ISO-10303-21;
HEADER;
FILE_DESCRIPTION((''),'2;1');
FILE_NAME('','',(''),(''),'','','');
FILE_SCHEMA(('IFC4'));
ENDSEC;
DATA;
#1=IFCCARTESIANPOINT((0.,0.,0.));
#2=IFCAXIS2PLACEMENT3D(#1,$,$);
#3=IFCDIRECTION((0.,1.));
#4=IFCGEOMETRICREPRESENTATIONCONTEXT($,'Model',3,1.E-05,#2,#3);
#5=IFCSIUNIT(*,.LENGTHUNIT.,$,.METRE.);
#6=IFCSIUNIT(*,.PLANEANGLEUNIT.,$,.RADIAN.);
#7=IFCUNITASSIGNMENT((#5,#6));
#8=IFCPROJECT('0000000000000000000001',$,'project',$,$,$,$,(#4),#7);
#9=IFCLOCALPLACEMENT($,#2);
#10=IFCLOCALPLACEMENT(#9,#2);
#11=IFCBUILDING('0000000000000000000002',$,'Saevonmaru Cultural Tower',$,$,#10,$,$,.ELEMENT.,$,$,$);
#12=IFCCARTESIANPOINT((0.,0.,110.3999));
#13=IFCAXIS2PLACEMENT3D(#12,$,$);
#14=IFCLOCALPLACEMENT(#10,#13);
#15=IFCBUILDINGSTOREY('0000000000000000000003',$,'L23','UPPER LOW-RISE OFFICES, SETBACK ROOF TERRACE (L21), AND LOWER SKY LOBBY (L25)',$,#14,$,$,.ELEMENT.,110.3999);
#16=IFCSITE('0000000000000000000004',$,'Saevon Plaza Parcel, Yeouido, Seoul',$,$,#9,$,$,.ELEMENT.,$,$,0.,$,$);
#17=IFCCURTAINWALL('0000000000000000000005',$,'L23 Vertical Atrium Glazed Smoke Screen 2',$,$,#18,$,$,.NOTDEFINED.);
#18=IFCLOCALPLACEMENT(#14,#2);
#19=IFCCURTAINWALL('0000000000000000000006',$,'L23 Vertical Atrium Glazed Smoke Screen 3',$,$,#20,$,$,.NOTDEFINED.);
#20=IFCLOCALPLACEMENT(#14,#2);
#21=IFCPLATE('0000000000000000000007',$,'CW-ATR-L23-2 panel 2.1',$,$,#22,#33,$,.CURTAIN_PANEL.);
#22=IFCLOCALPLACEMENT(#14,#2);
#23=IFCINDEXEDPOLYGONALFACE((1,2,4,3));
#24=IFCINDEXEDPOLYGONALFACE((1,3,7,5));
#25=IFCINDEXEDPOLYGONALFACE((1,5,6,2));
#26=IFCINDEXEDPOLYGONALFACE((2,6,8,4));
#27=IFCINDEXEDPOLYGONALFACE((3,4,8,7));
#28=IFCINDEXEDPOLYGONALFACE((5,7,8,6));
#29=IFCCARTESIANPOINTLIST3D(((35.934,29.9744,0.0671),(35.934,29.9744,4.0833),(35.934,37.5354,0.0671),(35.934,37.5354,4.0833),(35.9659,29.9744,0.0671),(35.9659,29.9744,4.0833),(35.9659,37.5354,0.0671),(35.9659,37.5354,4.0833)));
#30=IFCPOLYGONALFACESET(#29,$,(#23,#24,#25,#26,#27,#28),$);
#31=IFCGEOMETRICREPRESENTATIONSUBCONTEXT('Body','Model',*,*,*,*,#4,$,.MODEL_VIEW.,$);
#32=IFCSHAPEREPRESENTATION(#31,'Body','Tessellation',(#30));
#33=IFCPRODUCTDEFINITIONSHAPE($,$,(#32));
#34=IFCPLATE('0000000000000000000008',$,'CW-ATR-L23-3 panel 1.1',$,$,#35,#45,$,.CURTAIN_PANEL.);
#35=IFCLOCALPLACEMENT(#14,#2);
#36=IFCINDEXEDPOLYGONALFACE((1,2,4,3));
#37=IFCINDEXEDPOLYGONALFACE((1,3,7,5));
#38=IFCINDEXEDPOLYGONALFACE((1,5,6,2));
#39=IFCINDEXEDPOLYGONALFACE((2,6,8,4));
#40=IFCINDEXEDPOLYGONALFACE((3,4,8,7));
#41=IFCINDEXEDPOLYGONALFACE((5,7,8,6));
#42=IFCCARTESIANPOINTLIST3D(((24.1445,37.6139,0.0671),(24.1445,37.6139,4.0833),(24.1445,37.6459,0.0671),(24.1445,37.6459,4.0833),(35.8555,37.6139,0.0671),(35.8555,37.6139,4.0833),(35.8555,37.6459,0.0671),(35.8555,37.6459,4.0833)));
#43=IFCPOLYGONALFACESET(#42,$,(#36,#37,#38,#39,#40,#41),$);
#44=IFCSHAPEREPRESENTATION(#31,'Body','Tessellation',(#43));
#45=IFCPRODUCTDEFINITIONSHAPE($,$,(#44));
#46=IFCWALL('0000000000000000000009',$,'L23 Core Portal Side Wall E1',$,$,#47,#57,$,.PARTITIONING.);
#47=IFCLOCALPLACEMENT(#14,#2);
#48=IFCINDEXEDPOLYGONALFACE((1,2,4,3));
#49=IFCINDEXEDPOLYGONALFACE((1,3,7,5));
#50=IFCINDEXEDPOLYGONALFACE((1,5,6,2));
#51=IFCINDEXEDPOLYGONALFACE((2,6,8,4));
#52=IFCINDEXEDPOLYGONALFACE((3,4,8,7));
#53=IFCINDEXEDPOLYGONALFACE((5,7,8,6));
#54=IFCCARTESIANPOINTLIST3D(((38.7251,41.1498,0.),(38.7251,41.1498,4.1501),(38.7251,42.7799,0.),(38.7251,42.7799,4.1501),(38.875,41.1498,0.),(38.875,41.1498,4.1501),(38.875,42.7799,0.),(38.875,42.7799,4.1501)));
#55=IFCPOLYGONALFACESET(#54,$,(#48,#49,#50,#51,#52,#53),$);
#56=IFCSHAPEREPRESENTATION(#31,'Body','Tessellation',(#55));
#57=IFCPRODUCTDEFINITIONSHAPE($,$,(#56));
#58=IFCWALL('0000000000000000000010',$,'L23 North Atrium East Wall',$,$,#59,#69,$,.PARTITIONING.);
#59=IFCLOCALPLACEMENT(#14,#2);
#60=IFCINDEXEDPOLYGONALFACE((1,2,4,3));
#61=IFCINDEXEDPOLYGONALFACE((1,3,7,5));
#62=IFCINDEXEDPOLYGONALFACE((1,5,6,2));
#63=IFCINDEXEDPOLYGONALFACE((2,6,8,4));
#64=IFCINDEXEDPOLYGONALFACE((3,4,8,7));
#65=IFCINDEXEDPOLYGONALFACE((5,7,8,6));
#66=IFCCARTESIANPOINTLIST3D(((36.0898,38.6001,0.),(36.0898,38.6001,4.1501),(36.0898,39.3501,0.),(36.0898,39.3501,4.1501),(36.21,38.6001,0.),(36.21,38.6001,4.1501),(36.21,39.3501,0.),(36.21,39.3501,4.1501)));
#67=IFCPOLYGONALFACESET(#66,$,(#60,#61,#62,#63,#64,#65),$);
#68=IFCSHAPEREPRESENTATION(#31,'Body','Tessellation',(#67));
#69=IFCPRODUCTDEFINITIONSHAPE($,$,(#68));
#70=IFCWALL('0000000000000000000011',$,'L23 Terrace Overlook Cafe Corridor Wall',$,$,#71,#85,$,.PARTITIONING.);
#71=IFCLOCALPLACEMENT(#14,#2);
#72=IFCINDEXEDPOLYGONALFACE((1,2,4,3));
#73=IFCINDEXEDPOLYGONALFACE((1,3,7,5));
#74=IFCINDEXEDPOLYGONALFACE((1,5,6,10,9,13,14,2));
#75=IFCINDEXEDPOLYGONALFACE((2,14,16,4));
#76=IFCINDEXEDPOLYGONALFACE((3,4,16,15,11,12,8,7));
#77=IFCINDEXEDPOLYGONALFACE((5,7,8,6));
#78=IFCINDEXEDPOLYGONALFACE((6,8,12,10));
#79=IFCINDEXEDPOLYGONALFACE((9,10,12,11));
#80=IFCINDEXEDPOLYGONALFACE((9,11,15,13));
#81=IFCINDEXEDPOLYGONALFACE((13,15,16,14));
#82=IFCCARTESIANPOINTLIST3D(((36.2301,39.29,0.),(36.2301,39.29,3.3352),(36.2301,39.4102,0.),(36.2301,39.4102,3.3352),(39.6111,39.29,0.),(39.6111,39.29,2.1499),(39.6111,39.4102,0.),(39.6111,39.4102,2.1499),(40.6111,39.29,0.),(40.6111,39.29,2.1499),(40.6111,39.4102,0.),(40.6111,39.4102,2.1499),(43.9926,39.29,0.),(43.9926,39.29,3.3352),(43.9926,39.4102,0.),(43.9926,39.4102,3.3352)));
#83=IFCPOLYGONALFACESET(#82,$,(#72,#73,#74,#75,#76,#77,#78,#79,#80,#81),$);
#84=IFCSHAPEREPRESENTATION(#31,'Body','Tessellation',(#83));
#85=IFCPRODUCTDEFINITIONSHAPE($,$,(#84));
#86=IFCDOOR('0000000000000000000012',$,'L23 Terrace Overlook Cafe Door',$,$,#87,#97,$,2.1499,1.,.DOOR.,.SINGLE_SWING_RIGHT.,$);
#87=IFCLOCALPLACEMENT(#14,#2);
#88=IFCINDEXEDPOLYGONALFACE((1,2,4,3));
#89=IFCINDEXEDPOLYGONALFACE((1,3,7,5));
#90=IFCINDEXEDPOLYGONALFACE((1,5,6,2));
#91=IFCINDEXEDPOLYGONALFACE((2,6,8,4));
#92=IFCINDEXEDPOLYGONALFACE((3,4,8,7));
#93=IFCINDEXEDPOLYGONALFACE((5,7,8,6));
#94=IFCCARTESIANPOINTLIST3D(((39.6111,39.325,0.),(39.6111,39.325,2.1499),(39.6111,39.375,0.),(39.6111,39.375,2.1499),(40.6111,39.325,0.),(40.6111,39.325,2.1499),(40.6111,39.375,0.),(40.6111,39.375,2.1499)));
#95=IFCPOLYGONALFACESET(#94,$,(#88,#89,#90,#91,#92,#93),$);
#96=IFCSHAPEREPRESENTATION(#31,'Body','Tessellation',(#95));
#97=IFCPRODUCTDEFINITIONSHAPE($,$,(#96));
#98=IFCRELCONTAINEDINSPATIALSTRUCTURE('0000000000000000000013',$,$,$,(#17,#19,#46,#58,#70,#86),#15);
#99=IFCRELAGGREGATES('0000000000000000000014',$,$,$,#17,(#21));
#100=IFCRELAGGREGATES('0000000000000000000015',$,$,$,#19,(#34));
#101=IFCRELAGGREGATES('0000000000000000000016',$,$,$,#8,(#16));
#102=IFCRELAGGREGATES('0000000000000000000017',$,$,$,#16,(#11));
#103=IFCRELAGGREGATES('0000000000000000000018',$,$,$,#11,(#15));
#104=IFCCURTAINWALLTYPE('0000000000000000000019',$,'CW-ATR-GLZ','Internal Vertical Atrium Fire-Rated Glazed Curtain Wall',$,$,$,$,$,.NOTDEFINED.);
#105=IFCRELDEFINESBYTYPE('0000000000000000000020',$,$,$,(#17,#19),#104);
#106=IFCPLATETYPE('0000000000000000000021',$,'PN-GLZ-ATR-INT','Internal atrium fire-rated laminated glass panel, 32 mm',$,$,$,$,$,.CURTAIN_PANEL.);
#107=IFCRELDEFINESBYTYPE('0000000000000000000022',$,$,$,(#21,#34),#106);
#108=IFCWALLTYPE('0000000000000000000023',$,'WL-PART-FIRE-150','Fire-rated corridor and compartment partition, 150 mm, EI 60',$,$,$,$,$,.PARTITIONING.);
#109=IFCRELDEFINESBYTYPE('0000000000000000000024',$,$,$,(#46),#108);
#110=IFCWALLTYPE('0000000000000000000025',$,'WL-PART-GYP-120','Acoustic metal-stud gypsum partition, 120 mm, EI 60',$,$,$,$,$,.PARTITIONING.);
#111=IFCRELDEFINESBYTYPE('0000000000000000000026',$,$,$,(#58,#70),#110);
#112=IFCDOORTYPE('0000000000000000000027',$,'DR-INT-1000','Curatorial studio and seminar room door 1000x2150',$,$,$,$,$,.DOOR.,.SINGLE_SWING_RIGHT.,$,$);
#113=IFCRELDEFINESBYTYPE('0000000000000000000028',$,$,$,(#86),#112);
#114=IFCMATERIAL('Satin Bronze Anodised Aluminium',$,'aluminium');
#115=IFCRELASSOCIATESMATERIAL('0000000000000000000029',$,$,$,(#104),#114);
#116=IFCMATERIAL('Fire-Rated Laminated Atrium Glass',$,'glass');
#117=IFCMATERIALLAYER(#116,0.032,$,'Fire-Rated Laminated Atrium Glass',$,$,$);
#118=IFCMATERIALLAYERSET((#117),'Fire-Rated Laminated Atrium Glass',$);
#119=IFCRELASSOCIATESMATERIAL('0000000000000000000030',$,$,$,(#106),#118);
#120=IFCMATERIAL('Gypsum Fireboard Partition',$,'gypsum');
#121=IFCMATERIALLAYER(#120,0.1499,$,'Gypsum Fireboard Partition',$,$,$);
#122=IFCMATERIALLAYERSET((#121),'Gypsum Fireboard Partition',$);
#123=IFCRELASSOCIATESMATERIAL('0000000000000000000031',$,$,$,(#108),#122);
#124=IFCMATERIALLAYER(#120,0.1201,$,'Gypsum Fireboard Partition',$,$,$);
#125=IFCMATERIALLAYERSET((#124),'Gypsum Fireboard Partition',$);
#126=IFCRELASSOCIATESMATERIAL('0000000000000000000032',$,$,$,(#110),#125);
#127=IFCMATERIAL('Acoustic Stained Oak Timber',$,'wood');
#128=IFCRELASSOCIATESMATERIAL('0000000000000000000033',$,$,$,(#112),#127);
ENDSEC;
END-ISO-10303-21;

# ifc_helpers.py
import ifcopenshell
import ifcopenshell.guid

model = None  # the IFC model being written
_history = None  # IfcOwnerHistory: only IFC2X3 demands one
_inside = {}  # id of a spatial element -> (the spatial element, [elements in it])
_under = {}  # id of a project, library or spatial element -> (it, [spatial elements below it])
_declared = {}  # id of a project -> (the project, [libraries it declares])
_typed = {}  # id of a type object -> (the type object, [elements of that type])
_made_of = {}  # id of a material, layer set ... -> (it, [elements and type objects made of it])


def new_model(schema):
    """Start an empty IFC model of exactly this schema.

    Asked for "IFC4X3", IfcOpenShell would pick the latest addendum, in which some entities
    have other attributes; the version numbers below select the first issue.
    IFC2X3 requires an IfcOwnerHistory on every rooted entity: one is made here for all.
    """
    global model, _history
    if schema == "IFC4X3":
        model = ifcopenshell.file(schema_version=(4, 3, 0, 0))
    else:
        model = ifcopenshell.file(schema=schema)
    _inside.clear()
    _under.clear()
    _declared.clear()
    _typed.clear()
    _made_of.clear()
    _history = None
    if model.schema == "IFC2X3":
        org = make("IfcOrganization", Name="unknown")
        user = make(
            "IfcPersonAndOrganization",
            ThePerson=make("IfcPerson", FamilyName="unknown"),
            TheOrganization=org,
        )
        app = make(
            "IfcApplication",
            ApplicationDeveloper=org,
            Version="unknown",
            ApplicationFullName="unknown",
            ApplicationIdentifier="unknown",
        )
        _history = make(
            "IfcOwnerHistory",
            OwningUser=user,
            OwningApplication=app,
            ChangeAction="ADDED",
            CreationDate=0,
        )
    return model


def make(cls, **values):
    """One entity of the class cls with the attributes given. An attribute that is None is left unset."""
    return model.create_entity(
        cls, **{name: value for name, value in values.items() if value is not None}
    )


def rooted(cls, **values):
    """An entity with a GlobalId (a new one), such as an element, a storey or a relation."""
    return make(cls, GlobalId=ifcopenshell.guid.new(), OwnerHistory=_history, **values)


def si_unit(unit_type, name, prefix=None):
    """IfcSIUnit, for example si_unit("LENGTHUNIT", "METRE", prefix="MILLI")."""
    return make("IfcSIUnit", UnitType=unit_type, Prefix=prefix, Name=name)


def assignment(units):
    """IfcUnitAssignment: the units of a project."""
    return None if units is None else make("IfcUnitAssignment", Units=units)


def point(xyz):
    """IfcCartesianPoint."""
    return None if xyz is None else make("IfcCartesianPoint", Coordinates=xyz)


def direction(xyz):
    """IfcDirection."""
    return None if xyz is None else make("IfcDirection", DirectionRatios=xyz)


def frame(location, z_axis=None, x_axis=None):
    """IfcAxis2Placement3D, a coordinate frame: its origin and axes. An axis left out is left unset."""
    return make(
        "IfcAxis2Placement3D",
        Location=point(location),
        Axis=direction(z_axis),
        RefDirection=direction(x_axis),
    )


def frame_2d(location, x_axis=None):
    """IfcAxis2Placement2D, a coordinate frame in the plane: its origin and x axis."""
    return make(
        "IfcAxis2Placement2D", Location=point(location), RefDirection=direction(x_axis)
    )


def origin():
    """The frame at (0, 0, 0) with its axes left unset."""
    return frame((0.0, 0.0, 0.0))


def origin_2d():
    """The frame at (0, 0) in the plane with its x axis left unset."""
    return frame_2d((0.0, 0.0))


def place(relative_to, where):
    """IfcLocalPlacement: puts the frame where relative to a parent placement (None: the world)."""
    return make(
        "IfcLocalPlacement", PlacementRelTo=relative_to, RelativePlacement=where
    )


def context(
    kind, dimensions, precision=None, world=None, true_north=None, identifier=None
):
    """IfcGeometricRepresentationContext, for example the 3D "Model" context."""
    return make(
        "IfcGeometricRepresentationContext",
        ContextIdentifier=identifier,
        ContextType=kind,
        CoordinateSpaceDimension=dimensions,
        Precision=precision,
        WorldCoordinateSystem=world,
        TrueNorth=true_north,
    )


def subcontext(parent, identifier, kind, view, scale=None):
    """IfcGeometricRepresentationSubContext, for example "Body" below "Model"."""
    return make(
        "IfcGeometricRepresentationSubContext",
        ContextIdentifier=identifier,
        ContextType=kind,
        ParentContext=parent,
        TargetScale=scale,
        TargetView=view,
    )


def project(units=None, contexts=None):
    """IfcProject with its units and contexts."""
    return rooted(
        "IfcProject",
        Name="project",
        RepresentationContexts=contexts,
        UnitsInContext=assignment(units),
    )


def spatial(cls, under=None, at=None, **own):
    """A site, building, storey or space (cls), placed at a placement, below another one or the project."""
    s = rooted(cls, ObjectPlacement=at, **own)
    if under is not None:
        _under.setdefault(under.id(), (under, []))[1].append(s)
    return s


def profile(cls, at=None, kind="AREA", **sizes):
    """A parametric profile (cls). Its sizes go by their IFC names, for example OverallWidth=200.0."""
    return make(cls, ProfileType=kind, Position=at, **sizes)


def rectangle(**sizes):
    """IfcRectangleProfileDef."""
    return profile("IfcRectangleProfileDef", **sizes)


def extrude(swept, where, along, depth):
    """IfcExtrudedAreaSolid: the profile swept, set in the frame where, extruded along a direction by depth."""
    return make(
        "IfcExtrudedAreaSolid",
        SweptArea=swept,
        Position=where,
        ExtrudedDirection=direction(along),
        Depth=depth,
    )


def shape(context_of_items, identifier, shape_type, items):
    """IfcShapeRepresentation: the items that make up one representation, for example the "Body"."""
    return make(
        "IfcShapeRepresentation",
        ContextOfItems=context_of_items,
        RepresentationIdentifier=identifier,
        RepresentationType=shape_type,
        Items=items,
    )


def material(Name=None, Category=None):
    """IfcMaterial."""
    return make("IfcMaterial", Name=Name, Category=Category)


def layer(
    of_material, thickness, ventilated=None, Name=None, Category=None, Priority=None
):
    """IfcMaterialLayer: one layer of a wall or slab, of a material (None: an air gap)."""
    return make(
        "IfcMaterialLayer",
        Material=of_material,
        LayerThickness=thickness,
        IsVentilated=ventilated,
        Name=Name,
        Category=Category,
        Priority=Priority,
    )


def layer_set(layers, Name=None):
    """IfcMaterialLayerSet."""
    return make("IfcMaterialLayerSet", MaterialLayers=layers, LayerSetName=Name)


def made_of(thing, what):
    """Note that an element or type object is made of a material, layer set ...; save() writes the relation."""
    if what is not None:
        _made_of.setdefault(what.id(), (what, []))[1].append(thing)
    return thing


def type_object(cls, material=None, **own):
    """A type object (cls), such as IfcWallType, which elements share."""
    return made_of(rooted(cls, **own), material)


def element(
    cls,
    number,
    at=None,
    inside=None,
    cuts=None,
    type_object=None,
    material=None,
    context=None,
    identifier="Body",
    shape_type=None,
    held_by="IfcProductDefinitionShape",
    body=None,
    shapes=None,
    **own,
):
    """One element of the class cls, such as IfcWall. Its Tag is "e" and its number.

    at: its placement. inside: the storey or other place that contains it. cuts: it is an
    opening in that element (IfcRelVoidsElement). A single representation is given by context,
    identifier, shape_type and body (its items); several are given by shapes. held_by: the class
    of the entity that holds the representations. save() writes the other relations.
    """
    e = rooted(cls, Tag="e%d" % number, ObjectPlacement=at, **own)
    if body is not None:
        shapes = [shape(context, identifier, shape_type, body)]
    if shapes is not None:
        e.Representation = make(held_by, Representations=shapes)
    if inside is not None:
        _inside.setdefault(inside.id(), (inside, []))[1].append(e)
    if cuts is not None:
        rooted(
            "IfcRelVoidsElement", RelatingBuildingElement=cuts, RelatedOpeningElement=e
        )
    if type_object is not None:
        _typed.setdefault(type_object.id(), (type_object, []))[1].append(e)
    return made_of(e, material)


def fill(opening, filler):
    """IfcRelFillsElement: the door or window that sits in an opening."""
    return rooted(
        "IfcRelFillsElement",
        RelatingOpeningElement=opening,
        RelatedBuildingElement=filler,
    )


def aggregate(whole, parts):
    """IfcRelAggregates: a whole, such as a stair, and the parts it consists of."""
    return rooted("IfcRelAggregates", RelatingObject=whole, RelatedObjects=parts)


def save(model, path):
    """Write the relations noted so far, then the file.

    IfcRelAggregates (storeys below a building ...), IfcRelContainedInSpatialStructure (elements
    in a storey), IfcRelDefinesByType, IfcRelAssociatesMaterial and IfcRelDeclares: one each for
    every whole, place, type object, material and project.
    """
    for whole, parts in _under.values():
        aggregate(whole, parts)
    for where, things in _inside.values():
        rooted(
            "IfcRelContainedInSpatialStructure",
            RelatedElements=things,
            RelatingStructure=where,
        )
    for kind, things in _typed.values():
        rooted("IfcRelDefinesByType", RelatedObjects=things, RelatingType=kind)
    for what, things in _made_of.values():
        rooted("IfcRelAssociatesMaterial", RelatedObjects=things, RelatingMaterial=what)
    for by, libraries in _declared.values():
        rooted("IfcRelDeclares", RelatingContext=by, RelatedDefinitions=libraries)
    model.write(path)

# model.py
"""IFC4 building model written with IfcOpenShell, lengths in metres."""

from ifc_helpers import new_model, si_unit, direction, frame, frame_2d, origin, origin_2d, place, context, subcontext, project, spatial, rectangle, extrude, material, layer, layer_set, type_object, element, fill, aggregate, save


model = new_model("IFC4")

# Units and contexts
model_context = context("Model", 3, precision=1e-05, world=origin(), true_north=direction((0.0, 1.0)))
body_context = subcontext(model_context, "Body", "Model", "MODEL_VIEW")
ifc_project = project(units=[si_unit("LENGTHUNIT", "METRE"), si_unit("PLANEANGLEUNIT", "RADIAN")], contexts=[model_context])

# Site, building, storey
site_placement = place(None, origin())
site = spatial("IfcSite", under=ifc_project, at=site_placement, Name="Saevon Plaza Parcel, Yeouido, Seoul", CompositionType="ELEMENT", RefElevation=0.0)
building_placement = place(site_placement, origin())
building = spatial("IfcBuilding", under=site, at=building_placement, Name="Saevonmaru Cultural Tower", CompositionType="ELEMENT")
storey_placement = place(building_placement, frame((0.0, 0.0, 110.3999)))
storey = spatial("IfcBuildingStorey", under=building, at=storey_placement, Name="L23", Description="UPPER LOW-RISE OFFICES, SETBACK ROOF TERRACE (L21), AND LOWER SKY LOBBY (L25)", CompositionType="ELEMENT", Elevation=110.3999)

# Curtain walls
ifc_material_1 = material(Name="Satin Bronze Anodised Aluminium", Category="aluminium")
curtain_wall_type = type_object("IfcCurtainWallType", Name="CW-ATR-GLZ", Description="Internal Vertical Atrium Fire-Rated Glazed Curtain Wall", PredefinedType="NOTDEFINED", material=ifc_material_1)
curtain_wall_1_placement = place(storey_placement, origin())
curtain_wall_1 = element("IfcCurtainWall", 1, at=curtain_wall_1_placement, inside=storey, type_object=curtain_wall_type, Name="L23 Vertical Atrium Glazed Smoke Screen 2", PredefinedType="NOTDEFINED")
curtain_wall_2_placement = place(storey_placement, origin())
curtain_wall_2 = element("IfcCurtainWall", 2, at=curtain_wall_2_placement, inside=storey, type_object=curtain_wall_type, Name="L23 Vertical Atrium Glazed Smoke Screen 3", PredefinedType="NOTDEFINED")

# Plates
ifc_material_2 = material(Name="Fire-Rated Laminated Atrium Glass", Category="glass")
ifc_layer_1 = layer(ifc_material_2, 0.032, Name="Fire-Rated Laminated Atrium Glass")
ifc_layer_set_1 = layer_set([ifc_layer_1], Name="Fire-Rated Laminated Atrium Glass")
plate_type = type_object("IfcPlateType", Name="PN-GLZ-ATR-INT", Description="Internal atrium fire-rated laminated glass panel, 32 mm", PredefinedType="CURTAIN_PANEL", material=ifc_layer_set_1)
plate_1_placement = place(storey_placement, frame((35.95, 33.7549, 0.0671), z_axis=(0.0, 0.0, 1.0), x_axis=(0.0, 1.0, 0.0)))
plate_1 = element("IfcPlate", 3, at=plate_1_placement, type_object=plate_type, Name="CW-ATR-L23-2 panel 2.1", PredefinedType="CURTAIN_PANEL", context=body_context, shape_type="SweptSolid", body=[
    extrude(rectangle(XDim=7.561, YDim=0.032, at=origin_2d()), origin(), (0.0, 0.0, 1.0), 4.0161),
])
aggregate(curtain_wall_1, [plate_1])
plate_2_placement = place(storey_placement, frame((30.0, 37.6299, 0.0671), z_axis=(0.0, 0.0, 1.0), x_axis=(-1.0, 0.0, 0.0)))
plate_2 = element("IfcPlate", 4, at=plate_2_placement, type_object=plate_type, Name="CW-ATR-L23-3 panel 1.1", PredefinedType="CURTAIN_PANEL", context=body_context, shape_type="SweptSolid", body=[
    extrude(rectangle(XDim=11.7109, YDim=0.032, at=origin_2d()), origin(), (0.0, 0.0, 1.0), 4.0161),
])
aggregate(curtain_wall_2, [plate_2])

# Walls
ifc_material_3 = material(Name="Gypsum Fireboard Partition", Category="gypsum")
ifc_layer_2 = layer(ifc_material_3, 0.1499, Name="Gypsum Fireboard Partition")
ifc_layer_set_2 = layer_set([ifc_layer_2], Name="Gypsum Fireboard Partition")
wall_type_1 = type_object("IfcWallType", Name="WL-PART-FIRE-150", Description="Fire-rated corridor and compartment partition, 150 mm, EI 60", PredefinedType="PARTITIONING", material=ifc_layer_set_2)
wall_1_placement = place(storey_placement, frame((38.8, 41.1499, 0.0), z_axis=(0.0, 0.0, 1.0), x_axis=(0.0, 1.0, 0.0)))
element("IfcWall", 5, at=wall_1_placement, inside=storey, type_object=wall_type_1, Name="L23 Core Portal Side Wall E1", PredefinedType="PARTITIONING", context=body_context, shape_type="SweptSolid", body=[
    extrude(rectangle(XDim=1.6301, YDim=0.1499, at=frame_2d((0.8149, 0.0))), origin(), (0.0, 0.0, 1.0), 4.1501),
])
ifc_layer_3 = layer(ifc_material_3, 0.1201, Name="Gypsum Fireboard Partition")
ifc_layer_set_3 = layer_set([ifc_layer_3], Name="Gypsum Fireboard Partition")
wall_type_2 = type_object("IfcWallType", Name="WL-PART-GYP-120", Description="Acoustic metal-stud gypsum partition, 120 mm, EI 60", PredefinedType="PARTITIONING", material=ifc_layer_set_3)
wall_2_placement = place(storey_placement, frame((36.1499, 38.6001, 0.0), z_axis=(0.0, 0.0, 1.0), x_axis=(0.0, 1.0, 0.0)))
element("IfcWall", 6, at=wall_2_placement, inside=storey, type_object=wall_type_2, Name="L23 North Atrium East Wall", PredefinedType="PARTITIONING", context=body_context, shape_type="SweptSolid", body=[
    extrude(rectangle(XDim=0.75, YDim=0.1201, at=frame_2d((0.375, 0.0))), origin(), (0.0, 0.0, 1.0), 4.1501),
])

# Wall, opening, door
wall_3_placement = place(storey_placement, frame((36.23, 39.3501, 0.0), z_axis=(0.0, 0.0, 1.0), x_axis=(1.0, 0.0, 0.0)))
wall_3 = element("IfcWall", 7, at=wall_3_placement, inside=storey, type_object=wall_type_2, Name="L23 Terrace Overlook Cafe Corridor Wall", PredefinedType="PARTITIONING", context=body_context, shape_type="SweptSolid", body=[
    extrude(rectangle(XDim=7.7625, YDim=0.1201, at=frame_2d((3.8813, 0.0))), origin(), (0.0, 0.0, 1.0), 3.3352),
])
opening_placement = place(wall_3_placement, frame((3.3811, 0.0, 0.0)))
opening = element("IfcOpeningElement", 8, at=opening_placement, cuts=wall_3, PredefinedType="OPENING", context=body_context, shape_type="SweptSolid", body=[
    extrude(rectangle(XDim=1.0, YDim=2.1499, at=frame_2d((0.5, 1.075))), frame((0.0, 0.0701, 0.0), z_axis=(0.0, -1.0, 0.0), x_axis=(1.0, 0.0, 0.0)), (0.0, 0.0, 1.0), 0.1401),
])
ifc_material_4 = material(Name="Acoustic Stained Oak Timber", Category="wood")
door_type = type_object("IfcDoorType", Name="DR-INT-1000", Description="Curatorial studio and seminar room door 1000x2150", OperationType="SINGLE_SWING_RIGHT", PredefinedType="DOOR", material=ifc_material_4)
door_placement = place(opening_placement, origin())
door = element("IfcDoor", 9, at=door_placement, inside=storey, type_object=door_type, Name="L23 Terrace Overlook Cafe Door", OperationType="SINGLE_SWING_RIGHT", OverallHeight=2.1499, OverallWidth=1.0, PredefinedType="DOOR", context=body_context, shape_type="SweptSolid", body=[
    extrude(rectangle(XDim=1.0, YDim=2.1499, at=frame_2d((0.5, 1.075))), frame((0.0, 0.0249, 0.0), z_axis=(0.0, -1.0, 0.0), x_axis=(1.0, 0.0, 0.0)), (0.0, 0.0, 1.0), 0.05),
])
fill(opening, door)

save(model, "model.ifc")
